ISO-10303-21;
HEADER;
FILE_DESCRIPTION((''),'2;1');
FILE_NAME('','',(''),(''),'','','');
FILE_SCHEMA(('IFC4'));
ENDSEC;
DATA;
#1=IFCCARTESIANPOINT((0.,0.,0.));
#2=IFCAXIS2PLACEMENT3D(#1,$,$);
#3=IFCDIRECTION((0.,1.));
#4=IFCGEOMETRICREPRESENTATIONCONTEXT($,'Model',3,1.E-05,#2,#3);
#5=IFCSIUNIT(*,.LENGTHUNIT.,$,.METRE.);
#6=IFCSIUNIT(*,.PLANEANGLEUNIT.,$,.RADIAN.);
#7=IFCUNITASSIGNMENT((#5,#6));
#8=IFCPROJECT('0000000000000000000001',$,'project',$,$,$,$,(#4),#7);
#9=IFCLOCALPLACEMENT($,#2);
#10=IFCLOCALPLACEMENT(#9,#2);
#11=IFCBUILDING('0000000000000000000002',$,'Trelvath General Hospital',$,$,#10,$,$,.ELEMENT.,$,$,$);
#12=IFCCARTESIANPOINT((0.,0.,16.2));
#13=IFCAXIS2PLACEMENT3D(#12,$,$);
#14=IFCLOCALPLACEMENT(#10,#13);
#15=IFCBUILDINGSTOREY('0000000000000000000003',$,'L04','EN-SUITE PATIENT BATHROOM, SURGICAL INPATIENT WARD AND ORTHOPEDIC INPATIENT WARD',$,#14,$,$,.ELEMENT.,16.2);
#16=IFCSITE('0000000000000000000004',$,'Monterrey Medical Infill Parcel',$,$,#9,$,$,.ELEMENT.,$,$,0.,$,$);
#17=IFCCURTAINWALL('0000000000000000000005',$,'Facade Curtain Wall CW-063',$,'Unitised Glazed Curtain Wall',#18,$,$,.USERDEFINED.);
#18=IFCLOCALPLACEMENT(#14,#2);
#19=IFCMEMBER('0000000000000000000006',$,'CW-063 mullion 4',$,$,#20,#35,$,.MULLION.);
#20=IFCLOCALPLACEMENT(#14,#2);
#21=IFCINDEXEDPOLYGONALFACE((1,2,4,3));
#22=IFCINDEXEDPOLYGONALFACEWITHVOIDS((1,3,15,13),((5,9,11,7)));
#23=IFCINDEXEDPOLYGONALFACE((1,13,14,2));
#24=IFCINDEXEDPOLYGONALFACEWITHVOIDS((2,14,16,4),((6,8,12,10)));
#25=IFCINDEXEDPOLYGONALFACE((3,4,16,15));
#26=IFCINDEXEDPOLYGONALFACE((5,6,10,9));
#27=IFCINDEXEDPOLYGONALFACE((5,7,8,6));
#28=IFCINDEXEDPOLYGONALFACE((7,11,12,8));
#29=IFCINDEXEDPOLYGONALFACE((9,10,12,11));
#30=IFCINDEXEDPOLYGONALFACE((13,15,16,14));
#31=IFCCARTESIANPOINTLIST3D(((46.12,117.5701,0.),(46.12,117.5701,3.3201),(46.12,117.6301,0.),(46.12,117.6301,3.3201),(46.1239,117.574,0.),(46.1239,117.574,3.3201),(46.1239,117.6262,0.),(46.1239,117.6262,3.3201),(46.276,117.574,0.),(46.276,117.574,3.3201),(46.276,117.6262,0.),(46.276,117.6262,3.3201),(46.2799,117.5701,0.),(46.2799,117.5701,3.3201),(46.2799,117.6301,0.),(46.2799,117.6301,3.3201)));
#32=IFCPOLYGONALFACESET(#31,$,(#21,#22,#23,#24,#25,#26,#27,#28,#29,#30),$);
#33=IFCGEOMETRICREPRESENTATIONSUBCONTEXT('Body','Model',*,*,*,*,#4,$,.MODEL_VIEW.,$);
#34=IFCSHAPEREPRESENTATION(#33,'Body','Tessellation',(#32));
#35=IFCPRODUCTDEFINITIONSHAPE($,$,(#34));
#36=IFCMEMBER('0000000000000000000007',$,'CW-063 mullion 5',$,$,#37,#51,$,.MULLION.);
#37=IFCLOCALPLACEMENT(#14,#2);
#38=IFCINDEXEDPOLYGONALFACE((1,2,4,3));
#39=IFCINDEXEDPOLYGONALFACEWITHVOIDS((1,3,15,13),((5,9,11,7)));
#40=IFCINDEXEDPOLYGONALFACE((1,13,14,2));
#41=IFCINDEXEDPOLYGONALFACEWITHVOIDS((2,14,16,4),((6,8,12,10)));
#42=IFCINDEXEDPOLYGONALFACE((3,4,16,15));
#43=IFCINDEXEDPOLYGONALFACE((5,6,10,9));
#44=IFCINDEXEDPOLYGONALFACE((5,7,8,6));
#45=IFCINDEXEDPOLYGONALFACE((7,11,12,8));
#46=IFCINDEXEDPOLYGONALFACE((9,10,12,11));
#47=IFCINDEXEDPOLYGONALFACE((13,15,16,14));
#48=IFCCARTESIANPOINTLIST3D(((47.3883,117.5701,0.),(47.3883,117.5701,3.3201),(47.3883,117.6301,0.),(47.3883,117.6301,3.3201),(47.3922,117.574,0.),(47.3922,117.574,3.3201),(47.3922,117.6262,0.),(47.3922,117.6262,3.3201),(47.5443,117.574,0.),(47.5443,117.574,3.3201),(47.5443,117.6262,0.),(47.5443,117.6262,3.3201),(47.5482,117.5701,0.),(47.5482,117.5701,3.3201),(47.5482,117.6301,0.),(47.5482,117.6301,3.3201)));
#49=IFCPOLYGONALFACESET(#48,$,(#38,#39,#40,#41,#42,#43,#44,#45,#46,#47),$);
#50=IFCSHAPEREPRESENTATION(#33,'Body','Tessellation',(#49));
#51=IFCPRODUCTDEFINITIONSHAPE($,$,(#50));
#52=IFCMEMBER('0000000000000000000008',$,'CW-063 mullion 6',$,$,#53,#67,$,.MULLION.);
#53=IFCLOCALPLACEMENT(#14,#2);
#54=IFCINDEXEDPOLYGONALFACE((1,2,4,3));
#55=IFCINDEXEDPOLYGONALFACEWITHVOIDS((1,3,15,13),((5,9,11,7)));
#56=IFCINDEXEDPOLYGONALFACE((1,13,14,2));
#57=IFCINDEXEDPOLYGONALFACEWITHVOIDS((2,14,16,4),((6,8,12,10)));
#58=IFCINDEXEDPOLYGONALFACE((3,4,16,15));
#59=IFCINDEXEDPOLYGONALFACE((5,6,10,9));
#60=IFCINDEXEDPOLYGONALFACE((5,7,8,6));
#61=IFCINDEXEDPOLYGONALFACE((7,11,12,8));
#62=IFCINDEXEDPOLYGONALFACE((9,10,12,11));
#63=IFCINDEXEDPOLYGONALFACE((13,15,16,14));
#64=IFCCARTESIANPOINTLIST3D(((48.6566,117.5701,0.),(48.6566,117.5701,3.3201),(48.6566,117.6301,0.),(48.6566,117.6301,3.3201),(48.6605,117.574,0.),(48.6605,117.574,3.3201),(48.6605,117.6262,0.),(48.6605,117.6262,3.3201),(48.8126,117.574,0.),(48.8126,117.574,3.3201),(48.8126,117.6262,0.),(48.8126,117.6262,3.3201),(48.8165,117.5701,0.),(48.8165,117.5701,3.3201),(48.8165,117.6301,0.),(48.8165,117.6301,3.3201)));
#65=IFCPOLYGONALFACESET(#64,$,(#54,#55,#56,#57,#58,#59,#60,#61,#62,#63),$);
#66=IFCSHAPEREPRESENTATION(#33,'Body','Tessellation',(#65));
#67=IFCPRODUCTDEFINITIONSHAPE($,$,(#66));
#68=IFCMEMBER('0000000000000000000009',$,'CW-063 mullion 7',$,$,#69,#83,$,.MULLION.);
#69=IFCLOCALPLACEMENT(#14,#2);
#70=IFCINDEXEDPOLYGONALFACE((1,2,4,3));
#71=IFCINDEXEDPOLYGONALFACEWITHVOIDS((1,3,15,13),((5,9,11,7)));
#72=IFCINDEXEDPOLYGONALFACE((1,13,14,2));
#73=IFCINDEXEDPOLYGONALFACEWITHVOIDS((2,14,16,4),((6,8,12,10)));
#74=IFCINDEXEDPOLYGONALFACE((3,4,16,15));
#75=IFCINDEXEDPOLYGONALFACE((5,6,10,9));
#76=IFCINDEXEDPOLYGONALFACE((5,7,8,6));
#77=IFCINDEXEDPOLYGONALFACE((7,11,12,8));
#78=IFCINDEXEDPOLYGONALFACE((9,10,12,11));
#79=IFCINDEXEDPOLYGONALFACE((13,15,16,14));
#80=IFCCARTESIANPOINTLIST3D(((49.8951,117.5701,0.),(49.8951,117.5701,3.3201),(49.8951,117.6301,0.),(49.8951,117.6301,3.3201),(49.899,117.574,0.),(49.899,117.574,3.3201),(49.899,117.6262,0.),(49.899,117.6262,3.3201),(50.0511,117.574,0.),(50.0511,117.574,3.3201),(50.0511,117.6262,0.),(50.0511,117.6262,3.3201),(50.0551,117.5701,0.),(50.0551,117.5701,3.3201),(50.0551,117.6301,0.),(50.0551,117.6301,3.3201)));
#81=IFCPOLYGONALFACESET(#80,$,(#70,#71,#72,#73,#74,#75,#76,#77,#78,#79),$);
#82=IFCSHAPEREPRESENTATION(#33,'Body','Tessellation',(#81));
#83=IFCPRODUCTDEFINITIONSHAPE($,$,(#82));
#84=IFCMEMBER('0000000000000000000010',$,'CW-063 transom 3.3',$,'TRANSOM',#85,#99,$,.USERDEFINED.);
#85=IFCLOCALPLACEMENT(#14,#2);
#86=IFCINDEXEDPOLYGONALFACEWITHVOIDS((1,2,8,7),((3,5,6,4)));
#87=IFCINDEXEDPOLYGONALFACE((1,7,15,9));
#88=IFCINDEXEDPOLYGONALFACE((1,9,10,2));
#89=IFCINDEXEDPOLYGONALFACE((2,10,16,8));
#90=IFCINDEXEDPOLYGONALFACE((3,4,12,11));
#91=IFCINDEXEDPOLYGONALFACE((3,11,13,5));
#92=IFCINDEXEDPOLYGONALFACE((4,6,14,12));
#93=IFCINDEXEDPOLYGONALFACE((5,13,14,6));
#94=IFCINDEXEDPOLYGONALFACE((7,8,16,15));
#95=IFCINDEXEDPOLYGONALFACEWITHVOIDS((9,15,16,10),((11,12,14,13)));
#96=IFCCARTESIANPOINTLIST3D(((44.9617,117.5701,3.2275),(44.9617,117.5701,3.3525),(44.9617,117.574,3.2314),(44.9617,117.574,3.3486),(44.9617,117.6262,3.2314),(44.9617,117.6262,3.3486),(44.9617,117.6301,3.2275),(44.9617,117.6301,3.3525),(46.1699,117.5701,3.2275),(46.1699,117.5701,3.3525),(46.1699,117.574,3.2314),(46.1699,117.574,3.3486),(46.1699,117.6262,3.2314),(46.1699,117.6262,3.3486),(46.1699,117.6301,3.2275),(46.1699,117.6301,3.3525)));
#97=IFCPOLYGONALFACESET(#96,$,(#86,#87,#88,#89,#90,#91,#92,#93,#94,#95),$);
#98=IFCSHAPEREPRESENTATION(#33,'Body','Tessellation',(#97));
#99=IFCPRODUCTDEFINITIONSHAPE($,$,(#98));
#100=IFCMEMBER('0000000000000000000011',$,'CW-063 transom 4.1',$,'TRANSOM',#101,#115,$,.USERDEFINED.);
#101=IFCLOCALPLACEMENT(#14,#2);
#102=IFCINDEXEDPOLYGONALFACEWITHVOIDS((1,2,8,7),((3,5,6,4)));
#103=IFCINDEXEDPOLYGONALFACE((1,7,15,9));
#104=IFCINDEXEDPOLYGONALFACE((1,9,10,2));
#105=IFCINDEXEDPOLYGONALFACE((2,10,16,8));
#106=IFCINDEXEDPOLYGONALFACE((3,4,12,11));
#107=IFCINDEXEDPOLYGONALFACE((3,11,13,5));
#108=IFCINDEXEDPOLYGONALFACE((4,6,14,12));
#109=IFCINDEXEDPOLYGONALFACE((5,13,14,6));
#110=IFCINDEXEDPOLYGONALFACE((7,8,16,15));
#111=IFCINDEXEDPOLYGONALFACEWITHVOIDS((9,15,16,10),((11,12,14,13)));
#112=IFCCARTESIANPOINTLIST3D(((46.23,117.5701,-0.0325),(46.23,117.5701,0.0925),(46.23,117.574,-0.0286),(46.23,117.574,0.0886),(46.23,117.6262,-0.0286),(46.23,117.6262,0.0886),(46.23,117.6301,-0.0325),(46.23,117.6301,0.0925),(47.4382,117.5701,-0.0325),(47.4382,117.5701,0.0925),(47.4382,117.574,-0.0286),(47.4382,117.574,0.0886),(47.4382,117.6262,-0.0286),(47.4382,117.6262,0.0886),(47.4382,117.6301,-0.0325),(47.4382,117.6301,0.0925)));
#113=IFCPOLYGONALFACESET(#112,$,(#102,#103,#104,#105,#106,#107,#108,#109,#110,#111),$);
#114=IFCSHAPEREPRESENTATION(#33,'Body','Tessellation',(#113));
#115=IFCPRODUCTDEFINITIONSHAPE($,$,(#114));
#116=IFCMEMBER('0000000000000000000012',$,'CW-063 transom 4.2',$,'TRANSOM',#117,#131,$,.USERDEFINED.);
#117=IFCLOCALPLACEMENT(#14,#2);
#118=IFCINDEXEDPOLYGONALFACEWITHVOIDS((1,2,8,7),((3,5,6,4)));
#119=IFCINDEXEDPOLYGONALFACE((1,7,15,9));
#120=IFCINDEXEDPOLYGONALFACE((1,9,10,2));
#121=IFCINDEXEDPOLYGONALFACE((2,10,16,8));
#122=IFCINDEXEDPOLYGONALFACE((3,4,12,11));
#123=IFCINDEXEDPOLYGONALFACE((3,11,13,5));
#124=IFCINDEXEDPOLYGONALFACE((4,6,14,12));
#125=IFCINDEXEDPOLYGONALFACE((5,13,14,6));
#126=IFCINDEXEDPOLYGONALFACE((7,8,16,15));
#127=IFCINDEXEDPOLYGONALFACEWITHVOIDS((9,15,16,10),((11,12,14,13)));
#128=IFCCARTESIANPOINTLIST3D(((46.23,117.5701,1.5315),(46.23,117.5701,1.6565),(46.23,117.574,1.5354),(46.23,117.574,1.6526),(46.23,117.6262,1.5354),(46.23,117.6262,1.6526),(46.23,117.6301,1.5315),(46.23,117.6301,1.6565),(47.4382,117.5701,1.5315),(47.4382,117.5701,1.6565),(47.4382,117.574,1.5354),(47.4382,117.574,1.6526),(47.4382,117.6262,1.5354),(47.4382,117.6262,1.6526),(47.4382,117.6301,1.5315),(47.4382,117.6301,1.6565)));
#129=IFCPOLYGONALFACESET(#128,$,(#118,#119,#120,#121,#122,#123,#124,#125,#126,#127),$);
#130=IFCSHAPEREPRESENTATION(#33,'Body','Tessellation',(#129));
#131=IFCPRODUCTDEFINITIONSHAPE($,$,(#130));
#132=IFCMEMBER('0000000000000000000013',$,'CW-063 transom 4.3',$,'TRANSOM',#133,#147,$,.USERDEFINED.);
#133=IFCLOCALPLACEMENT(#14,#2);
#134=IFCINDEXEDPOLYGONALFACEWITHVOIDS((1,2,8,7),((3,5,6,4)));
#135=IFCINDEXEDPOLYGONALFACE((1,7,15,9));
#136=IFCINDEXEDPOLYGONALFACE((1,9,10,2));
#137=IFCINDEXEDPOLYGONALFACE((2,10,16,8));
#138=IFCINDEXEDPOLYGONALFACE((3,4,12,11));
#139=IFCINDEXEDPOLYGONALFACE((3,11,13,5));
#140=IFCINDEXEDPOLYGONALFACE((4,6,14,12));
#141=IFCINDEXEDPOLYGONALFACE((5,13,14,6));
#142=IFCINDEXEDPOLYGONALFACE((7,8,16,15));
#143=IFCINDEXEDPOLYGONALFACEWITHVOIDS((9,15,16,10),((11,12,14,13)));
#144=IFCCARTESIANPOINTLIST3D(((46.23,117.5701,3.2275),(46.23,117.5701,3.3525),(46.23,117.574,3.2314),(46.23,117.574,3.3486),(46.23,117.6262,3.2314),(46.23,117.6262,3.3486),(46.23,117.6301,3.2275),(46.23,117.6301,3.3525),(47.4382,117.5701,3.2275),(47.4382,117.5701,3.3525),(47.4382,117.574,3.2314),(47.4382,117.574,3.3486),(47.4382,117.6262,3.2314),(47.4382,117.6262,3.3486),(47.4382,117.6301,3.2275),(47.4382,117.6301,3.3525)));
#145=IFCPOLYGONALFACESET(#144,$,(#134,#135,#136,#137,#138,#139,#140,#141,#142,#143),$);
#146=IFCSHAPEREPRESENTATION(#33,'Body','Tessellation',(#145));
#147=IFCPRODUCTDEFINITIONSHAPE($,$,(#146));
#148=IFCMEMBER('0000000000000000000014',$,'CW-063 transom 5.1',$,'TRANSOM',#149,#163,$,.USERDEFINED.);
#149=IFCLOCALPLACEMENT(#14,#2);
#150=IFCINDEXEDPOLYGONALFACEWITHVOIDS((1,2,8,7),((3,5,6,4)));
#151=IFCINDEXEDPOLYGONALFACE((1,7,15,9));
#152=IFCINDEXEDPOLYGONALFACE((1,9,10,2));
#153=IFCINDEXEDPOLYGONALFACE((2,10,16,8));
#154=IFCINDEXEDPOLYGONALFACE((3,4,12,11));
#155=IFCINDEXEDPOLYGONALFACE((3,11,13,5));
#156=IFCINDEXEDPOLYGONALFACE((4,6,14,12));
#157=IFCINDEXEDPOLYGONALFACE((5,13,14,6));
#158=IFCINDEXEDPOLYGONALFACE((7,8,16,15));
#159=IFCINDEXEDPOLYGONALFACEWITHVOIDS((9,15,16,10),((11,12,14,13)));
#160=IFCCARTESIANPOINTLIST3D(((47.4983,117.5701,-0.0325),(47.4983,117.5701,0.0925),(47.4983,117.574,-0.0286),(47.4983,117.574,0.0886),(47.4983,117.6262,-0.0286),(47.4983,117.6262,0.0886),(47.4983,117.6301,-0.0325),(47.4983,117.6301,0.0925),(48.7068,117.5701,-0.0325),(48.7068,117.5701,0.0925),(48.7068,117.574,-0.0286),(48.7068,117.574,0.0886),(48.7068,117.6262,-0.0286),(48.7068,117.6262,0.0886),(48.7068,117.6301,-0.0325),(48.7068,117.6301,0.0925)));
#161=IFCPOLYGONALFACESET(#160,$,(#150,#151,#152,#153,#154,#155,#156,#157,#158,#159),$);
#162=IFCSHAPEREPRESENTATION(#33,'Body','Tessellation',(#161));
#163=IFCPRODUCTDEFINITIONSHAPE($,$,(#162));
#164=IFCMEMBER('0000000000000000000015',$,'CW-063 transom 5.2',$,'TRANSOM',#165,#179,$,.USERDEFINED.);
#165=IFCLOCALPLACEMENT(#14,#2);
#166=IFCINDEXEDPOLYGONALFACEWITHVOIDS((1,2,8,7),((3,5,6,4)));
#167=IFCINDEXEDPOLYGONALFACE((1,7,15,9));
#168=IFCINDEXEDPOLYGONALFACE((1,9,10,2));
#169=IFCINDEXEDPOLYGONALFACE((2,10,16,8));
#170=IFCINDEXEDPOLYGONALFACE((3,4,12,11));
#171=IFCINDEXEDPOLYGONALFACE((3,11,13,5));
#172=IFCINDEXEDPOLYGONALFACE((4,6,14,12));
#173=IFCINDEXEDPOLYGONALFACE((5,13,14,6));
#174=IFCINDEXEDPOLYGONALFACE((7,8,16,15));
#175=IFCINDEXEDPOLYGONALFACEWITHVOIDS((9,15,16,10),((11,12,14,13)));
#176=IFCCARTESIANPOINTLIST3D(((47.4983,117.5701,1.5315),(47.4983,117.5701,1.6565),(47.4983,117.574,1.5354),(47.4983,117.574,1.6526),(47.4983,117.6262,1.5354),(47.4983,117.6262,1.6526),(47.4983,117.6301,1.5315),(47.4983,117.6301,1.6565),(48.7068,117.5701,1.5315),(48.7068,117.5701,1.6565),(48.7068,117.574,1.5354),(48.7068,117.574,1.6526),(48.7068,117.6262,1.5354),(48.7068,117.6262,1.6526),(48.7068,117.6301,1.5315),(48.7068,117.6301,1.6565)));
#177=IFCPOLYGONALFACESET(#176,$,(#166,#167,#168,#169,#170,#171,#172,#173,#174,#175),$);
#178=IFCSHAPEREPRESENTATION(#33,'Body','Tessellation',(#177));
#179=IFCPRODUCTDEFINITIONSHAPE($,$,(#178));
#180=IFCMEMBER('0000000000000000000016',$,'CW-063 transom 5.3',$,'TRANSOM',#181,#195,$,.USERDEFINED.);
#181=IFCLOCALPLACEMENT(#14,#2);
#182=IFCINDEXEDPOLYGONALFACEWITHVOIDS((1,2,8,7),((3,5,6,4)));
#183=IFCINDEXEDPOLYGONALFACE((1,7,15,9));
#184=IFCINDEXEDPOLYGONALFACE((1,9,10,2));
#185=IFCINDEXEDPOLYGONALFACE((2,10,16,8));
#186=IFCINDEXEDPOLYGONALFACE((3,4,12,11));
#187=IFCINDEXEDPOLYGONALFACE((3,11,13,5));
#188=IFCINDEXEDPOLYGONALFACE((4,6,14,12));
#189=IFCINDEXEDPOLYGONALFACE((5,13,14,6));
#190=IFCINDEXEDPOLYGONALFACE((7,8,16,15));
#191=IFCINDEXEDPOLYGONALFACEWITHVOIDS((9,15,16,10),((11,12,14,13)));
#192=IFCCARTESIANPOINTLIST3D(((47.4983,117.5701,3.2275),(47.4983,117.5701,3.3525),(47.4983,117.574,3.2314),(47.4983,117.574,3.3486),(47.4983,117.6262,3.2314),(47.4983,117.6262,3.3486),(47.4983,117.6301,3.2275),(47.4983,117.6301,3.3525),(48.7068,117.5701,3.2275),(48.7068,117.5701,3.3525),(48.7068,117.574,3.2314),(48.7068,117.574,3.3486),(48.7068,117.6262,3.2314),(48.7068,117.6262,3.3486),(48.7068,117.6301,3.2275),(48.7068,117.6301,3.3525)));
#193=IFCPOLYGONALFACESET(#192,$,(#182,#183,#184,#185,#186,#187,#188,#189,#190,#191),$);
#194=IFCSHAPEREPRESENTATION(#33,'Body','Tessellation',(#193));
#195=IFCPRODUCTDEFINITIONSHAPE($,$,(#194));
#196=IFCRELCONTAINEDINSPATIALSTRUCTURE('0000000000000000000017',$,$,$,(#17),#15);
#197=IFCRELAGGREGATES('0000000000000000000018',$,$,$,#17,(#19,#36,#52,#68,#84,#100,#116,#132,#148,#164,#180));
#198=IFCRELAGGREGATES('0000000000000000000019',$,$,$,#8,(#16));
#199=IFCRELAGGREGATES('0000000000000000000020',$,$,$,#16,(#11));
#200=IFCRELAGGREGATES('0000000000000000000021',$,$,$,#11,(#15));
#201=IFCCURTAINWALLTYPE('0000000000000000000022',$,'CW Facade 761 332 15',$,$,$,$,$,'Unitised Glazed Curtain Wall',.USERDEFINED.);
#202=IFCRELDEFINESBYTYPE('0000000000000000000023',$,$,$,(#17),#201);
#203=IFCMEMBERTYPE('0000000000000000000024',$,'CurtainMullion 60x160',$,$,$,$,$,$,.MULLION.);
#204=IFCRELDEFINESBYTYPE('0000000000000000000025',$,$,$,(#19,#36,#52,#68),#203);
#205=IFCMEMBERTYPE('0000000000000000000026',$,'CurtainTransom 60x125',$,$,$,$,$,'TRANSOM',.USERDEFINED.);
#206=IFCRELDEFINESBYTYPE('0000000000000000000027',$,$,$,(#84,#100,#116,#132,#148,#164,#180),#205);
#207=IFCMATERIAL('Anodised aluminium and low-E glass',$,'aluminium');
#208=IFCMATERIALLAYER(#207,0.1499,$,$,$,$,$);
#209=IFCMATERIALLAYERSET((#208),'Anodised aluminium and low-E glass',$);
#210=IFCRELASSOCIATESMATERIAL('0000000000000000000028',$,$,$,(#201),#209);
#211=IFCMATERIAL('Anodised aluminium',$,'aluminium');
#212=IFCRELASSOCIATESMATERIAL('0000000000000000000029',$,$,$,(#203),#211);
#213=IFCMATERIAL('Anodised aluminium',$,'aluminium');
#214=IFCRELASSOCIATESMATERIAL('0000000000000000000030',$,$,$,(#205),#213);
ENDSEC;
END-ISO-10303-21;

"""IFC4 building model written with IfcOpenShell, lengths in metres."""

from ifc_helpers import new_model, si_unit, direction, frame, origin, origin_2d, place, context, subcontext, project, spatial, hollow_rectangle, extrude, material, layer, layer_set, material_profile, profile_set, type_object, element, aggregate, save


model = new_model("IFC4")

# Units and contexts
model_context = context("Model", 3, precision=1e-05, world=origin(), true_north=direction((0.0, 1.0)))
body_context = subcontext(model_context, "Body", "Model", "MODEL_VIEW")
ifc_project = project(units=[si_unit("LENGTHUNIT", "METRE"), si_unit("PLANEANGLEUNIT", "RADIAN")], contexts=[model_context])

# Site, building, storey
site_placement = place(None, origin())
site = spatial("IfcSite", under=ifc_project, at=site_placement, Name="Monterrey Medical Infill Parcel", CompositionType="ELEMENT", RefElevation=0.0)
building_placement = place(site_placement, origin())
building = spatial("IfcBuilding", under=site, at=building_placement, Name="Trelvath General Hospital", CompositionType="ELEMENT")
storey_placement = place(building_placement, frame((0.0, 0.0, 16.2)))
storey = spatial("IfcBuildingStorey", under=building, at=storey_placement, Name="L04", Description="EN-SUITE PATIENT BATHROOM, SURGICAL INPATIENT WARD AND ORTHOPEDIC INPATIENT WARD", CompositionType="ELEMENT", Elevation=16.2)

# Curtain wall, members
ifc_material_1 = material(Name="Anodised aluminium and low-E glass", Category="aluminium")
ifc_layer_1 = layer(ifc_material_1, 0.1499)
ifc_layer_set_1 = layer_set([ifc_layer_1], Name="Anodised aluminium and low-E glass")
curtain_wall_type = type_object("IfcCurtainWallType", Name="CW Facade 761 332 15", ElementType="Unitised Glazed Curtain Wall", PredefinedType="USERDEFINED", material=ifc_layer_set_1)
curtain_wall_placement = place(storey_placement, origin())
curtain_wall = element("IfcCurtainWall", 1, at=curtain_wall_placement, inside=storey, type_object=curtain_wall_type, Name="Facade Curtain Wall CW-063", ObjectType="Unitised Glazed Curtain Wall", PredefinedType="USERDEFINED")
ifc_material_2 = material(Name="Anodised aluminium", Category="aluminium")
ifc_material_profile_1 = material_profile(ifc_material_2, hollow_rectangle(XDim=0.0601, YDim=0.1599, WallThickness=0.0039, at=origin_2d()), Name="RHS60x160x4")
ifc_profile_set_1 = profile_set([ifc_material_profile_1], Name="Anodised aluminium")
member_type_1 = type_object("IfcMemberType", Name="CurtainMullion 60x160", PredefinedType="MULLION", material=ifc_profile_set_1)
member_1_placement = place(storey_placement, frame((46.2, 117.6001, 0.0), z_axis=(0.0, 0.0, 1.0), x_axis=(0.0, 1.0, 0.0)))
member_1 = element("IfcMember", 2, at=member_1_placement, type_object=member_type_1, Name="CW-063 mullion 4", PredefinedType="MULLION", context=body_context, shape_type="SweptSolid", body=[
    extrude(hollow_rectangle(XDim=0.0601, YDim=0.1599, WallThickness=0.0039, at=origin_2d()), origin(), (0.0, 0.0, 1.0), 3.3201),
])
member_2_placement = place(storey_placement, frame((47.4683, 117.6001, 0.0), z_axis=(0.0, 0.0, 1.0), x_axis=(0.0, 1.0, 0.0)))
member_2 = element("IfcMember", 3, at=member_2_placement, type_object=member_type_1, Name="CW-063 mullion 5", PredefinedType="MULLION", context=body_context, shape_type="SweptSolid", body=[
    extrude(hollow_rectangle(XDim=0.0601, YDim=0.1599, WallThickness=0.0039, at=origin_2d()), origin(), (0.0, 0.0, 1.0), 3.3201),
])
member_3_placement = place(storey_placement, frame((48.7366, 117.6001, 0.0), z_axis=(0.0, 0.0, 1.0), x_axis=(0.0, 1.0, 0.0)))
member_3 = element("IfcMember", 4, at=member_3_placement, type_object=member_type_1, Name="CW-063 mullion 6", PredefinedType="MULLION", context=body_context, shape_type="SweptSolid", body=[
    extrude(hollow_rectangle(XDim=0.0601, YDim=0.1599, WallThickness=0.0039, at=origin_2d()), origin(), (0.0, 0.0, 1.0), 3.3201),
])
member_4_placement = place(storey_placement, frame((49.9751, 117.6001, 0.0), z_axis=(0.0, 0.0, 1.0), x_axis=(0.0, 1.0, 0.0)))
member_4 = element("IfcMember", 5, at=member_4_placement, type_object=member_type_1, Name="CW-063 mullion 7", PredefinedType="MULLION", context=body_context, shape_type="SweptSolid", body=[
    extrude(hollow_rectangle(XDim=0.0601, YDim=0.1599, WallThickness=0.0039, at=origin_2d()), origin(), (0.0, 0.0, 1.0), 3.3201),
])
ifc_material_3 = material(Name="Anodised aluminium", Category="aluminium")
ifc_material_profile_2 = material_profile(ifc_material_3, hollow_rectangle(XDim=0.0601, YDim=0.125, WallThickness=0.0039, at=origin_2d()), Name="RHS60x125x4")
ifc_profile_set_2 = profile_set([ifc_material_profile_2], Name="Anodised aluminium")
member_type_2 = type_object("IfcMemberType", Name="CurtainTransom 60x125", ElementType="TRANSOM", PredefinedType="USERDEFINED", material=ifc_profile_set_2)
member_5_placement = place(storey_placement, frame((44.9617, 117.6001, 3.29), z_axis=(1.0, 0.0, 0.0), x_axis=(0.0, 1.0, 0.0)))
member_5 = element("IfcMember", 6, at=member_5_placement, type_object=member_type_2, Name="CW-063 transom 3.3", ObjectType="TRANSOM", PredefinedType="USERDEFINED", context=body_context, shape_type="SweptSolid", body=[
    extrude(hollow_rectangle(XDim=0.0601, YDim=0.125, WallThickness=0.0039, at=origin_2d()), origin(), (0.0, 0.0, 1.0), 1.2083),
])
member_6_placement = place(storey_placement, frame((46.23, 117.6001, 0.03), z_axis=(1.0, 0.0, 0.0), x_axis=(0.0, 1.0, 0.0)))
member_6 = element("IfcMember", 7, at=member_6_placement, type_object=member_type_2, Name="CW-063 transom 4.1", ObjectType="TRANSOM", PredefinedType="USERDEFINED", context=body_context, shape_type="SweptSolid", body=[
    extrude(hollow_rectangle(XDim=0.0601, YDim=0.125, WallThickness=0.0039, at=origin_2d()), origin(), (0.0, 0.0, 1.0), 1.2083),
])
member_7_placement = place(storey_placement, frame((46.23, 117.6001, 1.594), z_axis=(1.0, 0.0, 0.0), x_axis=(0.0, 1.0, 0.0)))
member_7 = element("IfcMember", 8, at=member_7_placement, type_object=member_type_2, Name="CW-063 transom 4.2", ObjectType="TRANSOM", PredefinedType="USERDEFINED", context=body_context, shape_type="SweptSolid", body=[
    extrude(hollow_rectangle(XDim=0.0601, YDim=0.125, WallThickness=0.0039, at=origin_2d()), origin(), (0.0, 0.0, 1.0), 1.2083),
])
member_8_placement = place(storey_placement, frame((46.23, 117.6001, 3.29), z_axis=(1.0, 0.0, 0.0), x_axis=(0.0, 1.0, 0.0)))
member_8 = element("IfcMember", 9, at=member_8_placement, type_object=member_type_2, Name="CW-063 transom 4.3", ObjectType="TRANSOM", PredefinedType="USERDEFINED", context=body_context, shape_type="SweptSolid", body=[
    extrude(hollow_rectangle(XDim=0.0601, YDim=0.125, WallThickness=0.0039, at=origin_2d()), origin(), (0.0, 0.0, 1.0), 1.2083),
])
member_9_placement = place(storey_placement, frame((47.4983, 117.6001, 0.03), z_axis=(1.0, 0.0, 0.0), x_axis=(0.0, 1.0, 0.0)))
member_9 = element("IfcMember", 10, at=member_9_placement, type_object=member_type_2, Name="CW-063 transom 5.1", ObjectType="TRANSOM", PredefinedType="USERDEFINED", context=body_context, shape_type="SweptSolid", body=[
    extrude(hollow_rectangle(XDim=0.0601, YDim=0.125, WallThickness=0.0039, at=origin_2d()), origin(), (0.0, 0.0, 1.0), 1.2085),
])
member_10_placement = place(storey_placement, frame((47.4983, 117.6001, 1.594), z_axis=(1.0, 0.0, 0.0), x_axis=(0.0, 1.0, 0.0)))
member_10 = element("IfcMember", 11, at=member_10_placement, type_object=member_type_2, Name="CW-063 transom 5.2", ObjectType="TRANSOM", PredefinedType="USERDEFINED", context=body_context, shape_type="SweptSolid", body=[
    extrude(hollow_rectangle(XDim=0.0601, YDim=0.125, WallThickness=0.0039, at=origin_2d()), origin(), (0.0, 0.0, 1.0), 1.2085),
])
member_11_placement = place(storey_placement, frame((47.4983, 117.6001, 3.29), z_axis=(1.0, 0.0, 0.0), x_axis=(0.0, 1.0, 0.0)))
member_11 = element("IfcMember", 12, at=member_11_placement, type_object=member_type_2, Name="CW-063 transom 5.3", ObjectType="TRANSOM", PredefinedType="USERDEFINED", context=body_context, shape_type="SweptSolid", body=[
    extrude(hollow_rectangle(XDim=0.0601, YDim=0.125, WallThickness=0.0039, at=origin_2d()), origin(), (0.0, 0.0, 1.0), 1.2085),
])
aggregate(curtain_wall, [member_1, member_2, member_3, member_4, member_5, member_6, member_7, member_8, member_9, member_10, member_11])

save(model, "model.ifc")
